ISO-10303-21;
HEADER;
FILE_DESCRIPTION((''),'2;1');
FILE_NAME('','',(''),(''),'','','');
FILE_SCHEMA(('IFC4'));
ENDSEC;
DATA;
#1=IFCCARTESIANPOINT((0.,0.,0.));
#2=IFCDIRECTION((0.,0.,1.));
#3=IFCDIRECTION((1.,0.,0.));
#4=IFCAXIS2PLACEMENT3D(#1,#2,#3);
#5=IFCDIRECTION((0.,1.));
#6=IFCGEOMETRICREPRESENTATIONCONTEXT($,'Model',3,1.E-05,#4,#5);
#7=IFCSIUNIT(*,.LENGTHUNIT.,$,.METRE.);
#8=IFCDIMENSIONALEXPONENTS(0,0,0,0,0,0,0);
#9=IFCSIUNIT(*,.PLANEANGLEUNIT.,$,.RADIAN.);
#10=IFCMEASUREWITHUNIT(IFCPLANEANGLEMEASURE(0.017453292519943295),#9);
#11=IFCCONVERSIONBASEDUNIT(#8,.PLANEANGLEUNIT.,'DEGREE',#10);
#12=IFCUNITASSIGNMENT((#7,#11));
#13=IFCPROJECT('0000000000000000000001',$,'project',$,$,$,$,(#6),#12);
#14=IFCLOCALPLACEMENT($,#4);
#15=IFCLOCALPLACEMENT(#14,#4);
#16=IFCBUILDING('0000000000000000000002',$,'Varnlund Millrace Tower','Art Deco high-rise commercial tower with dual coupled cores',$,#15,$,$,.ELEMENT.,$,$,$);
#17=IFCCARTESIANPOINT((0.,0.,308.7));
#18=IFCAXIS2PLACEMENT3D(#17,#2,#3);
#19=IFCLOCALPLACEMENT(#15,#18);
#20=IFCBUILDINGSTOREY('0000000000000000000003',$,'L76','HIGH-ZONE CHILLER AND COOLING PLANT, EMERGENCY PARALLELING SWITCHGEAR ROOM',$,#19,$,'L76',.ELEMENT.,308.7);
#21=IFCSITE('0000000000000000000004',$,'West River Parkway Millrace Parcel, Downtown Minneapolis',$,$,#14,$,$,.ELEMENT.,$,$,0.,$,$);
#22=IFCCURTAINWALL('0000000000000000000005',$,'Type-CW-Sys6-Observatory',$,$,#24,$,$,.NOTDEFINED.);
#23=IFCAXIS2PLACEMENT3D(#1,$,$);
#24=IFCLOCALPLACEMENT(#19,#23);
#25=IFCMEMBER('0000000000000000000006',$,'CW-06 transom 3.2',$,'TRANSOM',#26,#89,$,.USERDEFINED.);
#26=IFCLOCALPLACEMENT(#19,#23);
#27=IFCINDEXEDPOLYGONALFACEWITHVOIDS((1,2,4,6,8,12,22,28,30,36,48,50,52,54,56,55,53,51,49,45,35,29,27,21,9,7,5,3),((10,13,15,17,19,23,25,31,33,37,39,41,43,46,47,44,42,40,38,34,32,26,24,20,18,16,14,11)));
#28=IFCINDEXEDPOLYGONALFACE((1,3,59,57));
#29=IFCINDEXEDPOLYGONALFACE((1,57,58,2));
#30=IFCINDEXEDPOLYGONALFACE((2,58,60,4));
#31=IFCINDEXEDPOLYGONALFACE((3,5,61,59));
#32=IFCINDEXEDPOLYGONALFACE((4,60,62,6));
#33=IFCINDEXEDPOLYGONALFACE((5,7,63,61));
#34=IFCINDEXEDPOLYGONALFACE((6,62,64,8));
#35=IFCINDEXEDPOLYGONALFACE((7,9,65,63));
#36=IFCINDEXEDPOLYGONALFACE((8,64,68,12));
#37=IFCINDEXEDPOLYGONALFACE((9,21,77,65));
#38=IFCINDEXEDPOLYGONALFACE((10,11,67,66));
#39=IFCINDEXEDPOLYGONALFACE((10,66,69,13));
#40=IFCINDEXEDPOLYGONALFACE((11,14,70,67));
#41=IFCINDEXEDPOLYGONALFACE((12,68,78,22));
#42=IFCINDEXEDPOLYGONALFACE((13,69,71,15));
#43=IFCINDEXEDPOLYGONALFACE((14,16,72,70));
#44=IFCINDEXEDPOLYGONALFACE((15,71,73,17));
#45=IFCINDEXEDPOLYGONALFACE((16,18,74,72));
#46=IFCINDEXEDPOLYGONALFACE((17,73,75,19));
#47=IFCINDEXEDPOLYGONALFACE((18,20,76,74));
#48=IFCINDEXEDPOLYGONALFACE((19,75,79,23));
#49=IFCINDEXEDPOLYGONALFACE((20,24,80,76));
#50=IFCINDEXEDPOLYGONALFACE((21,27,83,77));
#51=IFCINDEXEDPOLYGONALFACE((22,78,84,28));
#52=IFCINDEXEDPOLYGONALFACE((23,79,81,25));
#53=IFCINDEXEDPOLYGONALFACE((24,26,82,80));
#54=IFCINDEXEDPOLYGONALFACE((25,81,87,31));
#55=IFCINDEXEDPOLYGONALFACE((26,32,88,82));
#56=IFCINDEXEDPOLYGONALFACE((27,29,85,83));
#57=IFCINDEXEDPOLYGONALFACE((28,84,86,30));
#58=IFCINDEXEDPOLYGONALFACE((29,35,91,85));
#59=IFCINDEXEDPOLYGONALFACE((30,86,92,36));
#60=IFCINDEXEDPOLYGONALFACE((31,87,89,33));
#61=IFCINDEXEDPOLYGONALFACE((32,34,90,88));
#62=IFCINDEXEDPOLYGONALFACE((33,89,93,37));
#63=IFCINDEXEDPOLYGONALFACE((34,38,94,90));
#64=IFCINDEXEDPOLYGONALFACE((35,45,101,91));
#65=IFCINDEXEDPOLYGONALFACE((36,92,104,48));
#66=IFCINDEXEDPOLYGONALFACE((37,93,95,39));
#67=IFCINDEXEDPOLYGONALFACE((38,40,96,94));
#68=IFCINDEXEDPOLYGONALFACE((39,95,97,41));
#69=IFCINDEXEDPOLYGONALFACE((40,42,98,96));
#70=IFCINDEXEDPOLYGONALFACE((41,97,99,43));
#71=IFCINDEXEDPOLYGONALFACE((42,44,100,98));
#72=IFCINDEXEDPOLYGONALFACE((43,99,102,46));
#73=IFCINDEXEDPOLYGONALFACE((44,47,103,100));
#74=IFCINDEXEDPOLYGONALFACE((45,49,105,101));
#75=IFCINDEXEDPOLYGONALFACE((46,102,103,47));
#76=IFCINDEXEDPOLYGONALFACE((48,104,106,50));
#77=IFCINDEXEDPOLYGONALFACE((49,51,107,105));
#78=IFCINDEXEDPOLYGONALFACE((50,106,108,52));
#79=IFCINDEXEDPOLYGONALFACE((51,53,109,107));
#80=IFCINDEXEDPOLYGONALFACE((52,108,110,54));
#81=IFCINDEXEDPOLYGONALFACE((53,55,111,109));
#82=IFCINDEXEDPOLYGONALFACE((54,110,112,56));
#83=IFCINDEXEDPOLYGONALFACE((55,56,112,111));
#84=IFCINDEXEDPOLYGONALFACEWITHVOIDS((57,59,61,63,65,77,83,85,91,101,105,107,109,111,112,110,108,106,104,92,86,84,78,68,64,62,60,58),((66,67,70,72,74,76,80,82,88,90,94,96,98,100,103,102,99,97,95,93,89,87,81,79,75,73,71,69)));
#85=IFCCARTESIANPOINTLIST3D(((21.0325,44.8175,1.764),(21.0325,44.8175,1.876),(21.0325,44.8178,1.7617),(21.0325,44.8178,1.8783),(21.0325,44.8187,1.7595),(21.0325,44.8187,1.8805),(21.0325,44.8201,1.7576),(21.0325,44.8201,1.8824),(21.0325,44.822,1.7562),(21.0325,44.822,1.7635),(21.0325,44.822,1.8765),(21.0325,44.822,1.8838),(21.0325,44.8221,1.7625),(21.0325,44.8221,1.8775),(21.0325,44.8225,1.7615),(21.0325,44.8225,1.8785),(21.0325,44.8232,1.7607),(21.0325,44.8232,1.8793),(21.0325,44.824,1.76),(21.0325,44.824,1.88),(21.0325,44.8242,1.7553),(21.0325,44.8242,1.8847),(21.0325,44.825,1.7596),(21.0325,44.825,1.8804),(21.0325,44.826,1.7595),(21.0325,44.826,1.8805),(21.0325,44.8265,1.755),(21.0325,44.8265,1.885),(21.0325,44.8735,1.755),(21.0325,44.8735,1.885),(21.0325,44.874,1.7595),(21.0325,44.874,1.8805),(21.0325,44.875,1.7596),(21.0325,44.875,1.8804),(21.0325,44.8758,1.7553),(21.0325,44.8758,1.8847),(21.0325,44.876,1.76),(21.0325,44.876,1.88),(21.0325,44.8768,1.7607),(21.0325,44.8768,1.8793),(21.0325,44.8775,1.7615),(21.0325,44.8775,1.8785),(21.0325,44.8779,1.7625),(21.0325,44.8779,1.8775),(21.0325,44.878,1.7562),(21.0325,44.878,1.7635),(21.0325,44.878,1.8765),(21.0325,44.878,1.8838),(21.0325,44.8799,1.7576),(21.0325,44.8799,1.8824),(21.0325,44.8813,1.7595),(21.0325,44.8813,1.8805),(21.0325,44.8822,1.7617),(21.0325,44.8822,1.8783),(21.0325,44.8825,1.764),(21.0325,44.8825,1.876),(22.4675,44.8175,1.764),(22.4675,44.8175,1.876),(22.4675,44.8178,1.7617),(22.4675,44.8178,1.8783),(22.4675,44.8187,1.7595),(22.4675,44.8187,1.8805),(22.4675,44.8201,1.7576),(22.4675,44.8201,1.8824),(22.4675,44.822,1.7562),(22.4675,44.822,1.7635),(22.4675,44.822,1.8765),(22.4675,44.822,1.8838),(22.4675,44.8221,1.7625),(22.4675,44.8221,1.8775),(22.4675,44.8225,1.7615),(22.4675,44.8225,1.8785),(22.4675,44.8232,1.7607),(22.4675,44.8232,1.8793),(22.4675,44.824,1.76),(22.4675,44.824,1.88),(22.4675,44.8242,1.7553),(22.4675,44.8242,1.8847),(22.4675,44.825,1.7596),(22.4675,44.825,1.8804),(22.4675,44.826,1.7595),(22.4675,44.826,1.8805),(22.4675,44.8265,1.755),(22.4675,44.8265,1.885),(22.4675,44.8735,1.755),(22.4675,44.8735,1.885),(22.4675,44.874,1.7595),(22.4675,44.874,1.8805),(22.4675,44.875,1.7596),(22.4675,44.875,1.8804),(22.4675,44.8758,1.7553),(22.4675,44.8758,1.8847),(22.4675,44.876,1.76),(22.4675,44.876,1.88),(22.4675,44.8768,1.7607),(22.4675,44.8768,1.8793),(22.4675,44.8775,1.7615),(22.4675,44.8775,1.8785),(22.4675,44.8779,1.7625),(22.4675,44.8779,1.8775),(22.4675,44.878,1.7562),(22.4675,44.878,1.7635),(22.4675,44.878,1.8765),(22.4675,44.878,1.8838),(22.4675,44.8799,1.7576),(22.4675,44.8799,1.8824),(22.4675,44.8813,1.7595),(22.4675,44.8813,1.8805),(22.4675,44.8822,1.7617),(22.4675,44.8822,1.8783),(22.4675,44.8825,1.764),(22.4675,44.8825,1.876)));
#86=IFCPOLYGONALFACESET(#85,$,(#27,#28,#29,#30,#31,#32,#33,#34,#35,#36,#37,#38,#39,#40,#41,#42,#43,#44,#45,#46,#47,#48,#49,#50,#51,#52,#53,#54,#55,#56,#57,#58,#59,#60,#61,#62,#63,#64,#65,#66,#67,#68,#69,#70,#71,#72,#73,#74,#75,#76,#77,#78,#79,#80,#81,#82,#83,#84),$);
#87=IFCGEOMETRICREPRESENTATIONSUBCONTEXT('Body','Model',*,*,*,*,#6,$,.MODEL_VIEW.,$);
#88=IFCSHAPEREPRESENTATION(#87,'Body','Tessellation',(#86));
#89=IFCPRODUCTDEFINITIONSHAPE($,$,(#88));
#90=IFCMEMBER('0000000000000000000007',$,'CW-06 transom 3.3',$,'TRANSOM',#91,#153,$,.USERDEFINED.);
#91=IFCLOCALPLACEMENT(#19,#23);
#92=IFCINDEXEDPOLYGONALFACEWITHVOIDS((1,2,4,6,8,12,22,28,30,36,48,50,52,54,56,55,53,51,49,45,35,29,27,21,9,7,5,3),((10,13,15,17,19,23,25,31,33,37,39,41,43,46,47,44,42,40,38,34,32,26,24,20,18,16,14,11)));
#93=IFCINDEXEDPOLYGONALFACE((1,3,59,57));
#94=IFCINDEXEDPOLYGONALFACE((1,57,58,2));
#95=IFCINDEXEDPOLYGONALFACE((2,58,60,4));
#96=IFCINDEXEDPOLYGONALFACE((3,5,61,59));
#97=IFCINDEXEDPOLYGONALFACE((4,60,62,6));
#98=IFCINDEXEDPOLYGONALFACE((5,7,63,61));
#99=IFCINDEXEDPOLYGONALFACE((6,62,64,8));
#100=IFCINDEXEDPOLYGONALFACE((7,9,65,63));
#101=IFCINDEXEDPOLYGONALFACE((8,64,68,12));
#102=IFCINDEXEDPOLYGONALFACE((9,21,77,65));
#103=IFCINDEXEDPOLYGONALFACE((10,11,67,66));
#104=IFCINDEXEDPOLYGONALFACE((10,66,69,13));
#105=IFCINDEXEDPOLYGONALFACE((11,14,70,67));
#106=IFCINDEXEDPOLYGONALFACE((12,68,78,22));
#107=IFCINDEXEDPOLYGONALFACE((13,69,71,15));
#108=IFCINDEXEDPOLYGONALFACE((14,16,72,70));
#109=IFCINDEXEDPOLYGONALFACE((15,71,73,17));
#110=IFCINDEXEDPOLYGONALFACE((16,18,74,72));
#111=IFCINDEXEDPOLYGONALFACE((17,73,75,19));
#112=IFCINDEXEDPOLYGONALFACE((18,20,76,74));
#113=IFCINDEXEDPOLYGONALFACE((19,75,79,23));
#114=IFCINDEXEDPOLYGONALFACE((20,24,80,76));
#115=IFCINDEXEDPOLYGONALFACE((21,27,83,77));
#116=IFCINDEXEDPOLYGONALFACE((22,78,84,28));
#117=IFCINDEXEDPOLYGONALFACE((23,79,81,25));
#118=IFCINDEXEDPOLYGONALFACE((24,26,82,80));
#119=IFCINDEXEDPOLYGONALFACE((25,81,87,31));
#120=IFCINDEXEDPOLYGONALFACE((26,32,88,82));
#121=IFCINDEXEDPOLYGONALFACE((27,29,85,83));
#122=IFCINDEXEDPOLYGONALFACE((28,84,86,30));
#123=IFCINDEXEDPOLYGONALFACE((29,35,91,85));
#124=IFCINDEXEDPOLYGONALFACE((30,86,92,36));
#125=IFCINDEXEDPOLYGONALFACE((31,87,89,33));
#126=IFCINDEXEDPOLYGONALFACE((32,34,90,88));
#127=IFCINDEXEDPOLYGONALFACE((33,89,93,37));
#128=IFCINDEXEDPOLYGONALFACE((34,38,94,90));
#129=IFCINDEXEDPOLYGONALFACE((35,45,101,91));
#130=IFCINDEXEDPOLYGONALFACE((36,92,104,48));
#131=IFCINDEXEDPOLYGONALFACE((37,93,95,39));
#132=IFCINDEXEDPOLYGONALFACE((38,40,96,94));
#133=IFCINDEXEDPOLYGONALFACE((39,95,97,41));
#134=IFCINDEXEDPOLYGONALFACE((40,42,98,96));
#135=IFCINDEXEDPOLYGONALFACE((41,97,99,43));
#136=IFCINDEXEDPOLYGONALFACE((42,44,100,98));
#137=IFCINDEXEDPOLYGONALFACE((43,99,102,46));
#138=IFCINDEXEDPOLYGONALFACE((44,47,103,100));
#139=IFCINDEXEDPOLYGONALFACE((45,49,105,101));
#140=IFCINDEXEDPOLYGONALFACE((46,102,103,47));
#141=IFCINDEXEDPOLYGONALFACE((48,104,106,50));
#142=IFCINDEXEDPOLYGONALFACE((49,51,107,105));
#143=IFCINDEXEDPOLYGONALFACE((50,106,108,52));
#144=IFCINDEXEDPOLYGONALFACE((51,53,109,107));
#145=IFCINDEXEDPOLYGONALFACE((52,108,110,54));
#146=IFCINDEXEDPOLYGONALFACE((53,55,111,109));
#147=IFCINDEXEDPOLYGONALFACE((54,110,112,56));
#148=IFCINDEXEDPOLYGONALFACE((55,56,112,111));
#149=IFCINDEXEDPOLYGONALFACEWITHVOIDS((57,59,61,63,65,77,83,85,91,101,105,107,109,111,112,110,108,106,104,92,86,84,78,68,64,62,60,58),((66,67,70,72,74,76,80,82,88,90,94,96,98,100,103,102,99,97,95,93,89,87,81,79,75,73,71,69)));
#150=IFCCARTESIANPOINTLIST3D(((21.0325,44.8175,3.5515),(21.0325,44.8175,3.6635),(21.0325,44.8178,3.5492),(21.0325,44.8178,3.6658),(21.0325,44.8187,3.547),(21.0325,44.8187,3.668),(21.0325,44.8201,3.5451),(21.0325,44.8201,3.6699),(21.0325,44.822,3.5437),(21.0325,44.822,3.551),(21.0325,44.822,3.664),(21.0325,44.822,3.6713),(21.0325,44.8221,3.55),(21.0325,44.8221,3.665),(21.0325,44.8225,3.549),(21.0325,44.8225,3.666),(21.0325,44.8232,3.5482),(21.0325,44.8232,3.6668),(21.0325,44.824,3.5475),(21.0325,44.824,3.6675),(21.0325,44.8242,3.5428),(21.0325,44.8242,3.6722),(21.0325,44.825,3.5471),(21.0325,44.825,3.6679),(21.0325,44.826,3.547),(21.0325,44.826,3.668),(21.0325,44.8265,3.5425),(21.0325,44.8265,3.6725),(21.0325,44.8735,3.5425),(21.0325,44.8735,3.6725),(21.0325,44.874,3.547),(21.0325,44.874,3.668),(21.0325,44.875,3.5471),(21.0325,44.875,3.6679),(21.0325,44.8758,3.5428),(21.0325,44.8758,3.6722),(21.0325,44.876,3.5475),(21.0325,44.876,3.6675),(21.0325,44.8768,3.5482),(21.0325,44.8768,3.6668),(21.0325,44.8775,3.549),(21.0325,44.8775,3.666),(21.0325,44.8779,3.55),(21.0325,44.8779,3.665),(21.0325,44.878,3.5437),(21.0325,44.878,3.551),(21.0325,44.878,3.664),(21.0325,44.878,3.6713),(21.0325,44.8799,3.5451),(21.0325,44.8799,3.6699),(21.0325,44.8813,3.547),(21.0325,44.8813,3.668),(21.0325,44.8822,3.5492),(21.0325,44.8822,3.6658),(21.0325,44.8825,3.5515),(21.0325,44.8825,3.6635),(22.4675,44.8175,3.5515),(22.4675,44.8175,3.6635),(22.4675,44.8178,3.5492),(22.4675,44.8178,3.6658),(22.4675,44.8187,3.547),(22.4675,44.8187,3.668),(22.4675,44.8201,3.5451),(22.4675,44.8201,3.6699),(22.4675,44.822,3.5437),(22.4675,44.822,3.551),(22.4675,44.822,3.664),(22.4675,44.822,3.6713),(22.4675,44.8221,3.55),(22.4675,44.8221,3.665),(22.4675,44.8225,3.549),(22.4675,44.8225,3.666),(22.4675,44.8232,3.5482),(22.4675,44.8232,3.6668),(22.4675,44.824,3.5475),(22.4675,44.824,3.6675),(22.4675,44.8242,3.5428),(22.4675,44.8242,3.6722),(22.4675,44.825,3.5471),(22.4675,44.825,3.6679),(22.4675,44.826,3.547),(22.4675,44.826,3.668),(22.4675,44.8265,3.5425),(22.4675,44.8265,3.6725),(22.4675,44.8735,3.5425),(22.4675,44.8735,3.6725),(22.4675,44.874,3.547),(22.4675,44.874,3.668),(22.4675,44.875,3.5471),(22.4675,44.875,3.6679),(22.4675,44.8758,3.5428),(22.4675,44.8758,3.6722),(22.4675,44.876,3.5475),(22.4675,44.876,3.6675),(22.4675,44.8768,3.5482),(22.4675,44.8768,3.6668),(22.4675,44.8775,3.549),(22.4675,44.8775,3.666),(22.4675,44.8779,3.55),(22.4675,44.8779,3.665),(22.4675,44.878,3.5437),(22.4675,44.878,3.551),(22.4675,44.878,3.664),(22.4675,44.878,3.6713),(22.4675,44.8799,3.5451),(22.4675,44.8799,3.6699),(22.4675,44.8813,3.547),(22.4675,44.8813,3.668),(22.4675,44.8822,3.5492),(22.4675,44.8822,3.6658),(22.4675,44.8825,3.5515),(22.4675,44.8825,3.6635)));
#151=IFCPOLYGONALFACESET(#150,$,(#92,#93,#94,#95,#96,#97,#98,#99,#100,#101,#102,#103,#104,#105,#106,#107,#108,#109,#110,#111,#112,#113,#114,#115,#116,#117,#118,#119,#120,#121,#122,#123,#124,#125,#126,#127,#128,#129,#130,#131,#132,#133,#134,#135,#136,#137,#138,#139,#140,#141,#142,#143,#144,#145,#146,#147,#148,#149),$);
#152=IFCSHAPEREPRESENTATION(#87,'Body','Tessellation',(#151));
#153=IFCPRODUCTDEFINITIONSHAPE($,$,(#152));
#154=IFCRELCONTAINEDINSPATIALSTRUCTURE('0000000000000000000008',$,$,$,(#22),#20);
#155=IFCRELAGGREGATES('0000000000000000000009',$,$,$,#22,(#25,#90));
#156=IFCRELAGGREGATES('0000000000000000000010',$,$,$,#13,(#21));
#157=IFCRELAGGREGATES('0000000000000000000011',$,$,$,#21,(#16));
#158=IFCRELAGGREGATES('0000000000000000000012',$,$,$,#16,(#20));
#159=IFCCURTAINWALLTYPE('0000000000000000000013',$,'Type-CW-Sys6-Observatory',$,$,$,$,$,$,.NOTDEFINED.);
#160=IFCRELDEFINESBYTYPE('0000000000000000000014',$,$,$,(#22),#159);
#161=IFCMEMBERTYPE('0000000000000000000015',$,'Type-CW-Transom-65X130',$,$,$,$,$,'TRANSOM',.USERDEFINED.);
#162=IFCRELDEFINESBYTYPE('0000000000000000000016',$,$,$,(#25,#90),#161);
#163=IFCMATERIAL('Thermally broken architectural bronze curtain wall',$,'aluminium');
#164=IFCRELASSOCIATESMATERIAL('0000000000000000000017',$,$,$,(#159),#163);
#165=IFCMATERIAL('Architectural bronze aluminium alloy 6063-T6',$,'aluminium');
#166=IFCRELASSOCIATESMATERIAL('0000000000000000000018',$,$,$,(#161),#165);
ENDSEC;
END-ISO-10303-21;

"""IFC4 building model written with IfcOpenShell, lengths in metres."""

from ifc_helpers import new_model, entity, si_unit, converted_unit, direction, frame, origin_with_axes, origin_2d_with_axis, place, context, subcontext, project, spatial, hollow_rectangle, extrude, material, material_profile, profile_set, type_object, element, aggregate, save


model = new_model("IFC4")

# Units and contexts
model_context = context("Model", 3, precision=1e-05, world=origin_with_axes(), true_north=direction((0.0, 1.0)))
body_context = subcontext(model_context, "Body", "Model", "MODEL_VIEW")
ifc_project = project(units=[si_unit("LENGTHUNIT", "METRE"), converted_unit("PLANEANGLEUNIT", "DEGREE", entity("IfcPlaneAngleMeasure", 0.017453292519943295), si_unit("PLANEANGLEUNIT", "RADIAN"), dimensions=[0, 0, 0, 0, 0, 0, 0])], contexts=[model_context])

# Site, building, storey
site_placement = place(None, origin_with_axes())
site = spatial("IfcSite", under=ifc_project, at=site_placement, Name="West River Parkway Millrace Parcel, Downtown Minneapolis", CompositionType="ELEMENT", RefElevation=0.0)
building_placement = place(site_placement, origin_with_axes())
building = spatial("IfcBuilding", under=site, at=building_placement, Name="Varnlund Millrace Tower", Description="Art Deco high-rise commercial tower with dual coupled cores", CompositionType="ELEMENT")
storey_placement = place(building_placement, frame((0.0, 0.0, 308.7), z_axis=(0.0, 0.0, 1.0), x_axis=(1.0, 0.0, 0.0)))
storey = spatial("IfcBuildingStorey", under=building, at=storey_placement, Name="L76", Description="HIGH-ZONE CHILLER AND COOLING PLANT, EMERGENCY PARALLELING SWITCHGEAR ROOM", LongName="L76", CompositionType="ELEMENT", Elevation=308.7)

# Curtain wall, members
ifc_material_1 = material(Name="Thermally broken architectural bronze curtain wall", Category="aluminium")
curtain_wall_type = type_object("IfcCurtainWallType", Name="Type-CW-Sys6-Observatory", PredefinedType="NOTDEFINED", material=ifc_material_1)
ifc_material_2 = material(Name="Architectural bronze aluminium alloy 6063-T6", Category="aluminium")
ifc_material_profile_1 = material_profile(ifc_material_2, hollow_rectangle(XDim=0.065, YDim=0.13, WallThickness=0.0045, InnerFilletRadius=0.004, OuterFilletRadius=0.009, at=origin_2d_with_axis()), Name="Architectural bronze aluminium alloy 6063-T6")
ifc_profile_set_1 = profile_set([ifc_material_profile_1], Name="Architectural bronze aluminium alloy 6063-T6")
member_type = type_object("IfcMemberType", Name="Type-CW-Transom-65X130", ElementType="TRANSOM", PredefinedType="USERDEFINED", material=ifc_profile_set_1)
curtain_wall_1_placement = place(storey_placement, frame((18.0, 44.85, 0.0), z_axis=(0.0, 0.0, 1.0), x_axis=(1.0, 0.0, 0.0)))
curtain_wall_1 = element("IfcCurtainWall", 1, at=curtain_wall_1_placement, inside=storey, type_object=curtain_wall_type, Name="Type-CW-Sys6-Observatory", PredefinedType="NOTDEFINED")
member_1_placement = place(storey_placement, frame((21.0325, 44.85, 1.82), z_axis=(1.0, 0.0, 0.0), x_axis=(0.0, 1.0, 0.0)))
member_1 = element("IfcMember", 2, at=member_1_placement, type_object=member_type, Name="CW-06 transom 3.2", ObjectType="TRANSOM", PredefinedType="USERDEFINED", context=body_context, shape_type="SweptSolid", body=[
    extrude(hollow_rectangle(XDim=0.065, YDim=0.13, WallThickness=0.0045, InnerFilletRadius=0.004, OuterFilletRadius=0.009, at=origin_2d_with_axis()), origin_with_axes(), (0.0, 0.0, 1.0), 1.435),
])
member_2_placement = place(storey_placement, frame((21.0325, 44.85, 3.6075), z_axis=(1.0, 0.0, 0.0), x_axis=(0.0, 1.0, 0.0)))
member_2 = element("IfcMember", 3, at=member_2_placement, type_object=member_type, Name="CW-06 transom 3.3", ObjectType="TRANSOM", PredefinedType="USERDEFINED", context=body_context, shape_type="SweptSolid", body=[
    extrude(hollow_rectangle(XDim=0.065, YDim=0.13, WallThickness=0.0045, InnerFilletRadius=0.004, OuterFilletRadius=0.009, at=origin_2d_with_axis()), origin_with_axes(), (0.0, 0.0, 1.0), 1.435),
])

aggregate(curtain_wall_1, [member_1, member_2])

save(model, "model.ifc")
